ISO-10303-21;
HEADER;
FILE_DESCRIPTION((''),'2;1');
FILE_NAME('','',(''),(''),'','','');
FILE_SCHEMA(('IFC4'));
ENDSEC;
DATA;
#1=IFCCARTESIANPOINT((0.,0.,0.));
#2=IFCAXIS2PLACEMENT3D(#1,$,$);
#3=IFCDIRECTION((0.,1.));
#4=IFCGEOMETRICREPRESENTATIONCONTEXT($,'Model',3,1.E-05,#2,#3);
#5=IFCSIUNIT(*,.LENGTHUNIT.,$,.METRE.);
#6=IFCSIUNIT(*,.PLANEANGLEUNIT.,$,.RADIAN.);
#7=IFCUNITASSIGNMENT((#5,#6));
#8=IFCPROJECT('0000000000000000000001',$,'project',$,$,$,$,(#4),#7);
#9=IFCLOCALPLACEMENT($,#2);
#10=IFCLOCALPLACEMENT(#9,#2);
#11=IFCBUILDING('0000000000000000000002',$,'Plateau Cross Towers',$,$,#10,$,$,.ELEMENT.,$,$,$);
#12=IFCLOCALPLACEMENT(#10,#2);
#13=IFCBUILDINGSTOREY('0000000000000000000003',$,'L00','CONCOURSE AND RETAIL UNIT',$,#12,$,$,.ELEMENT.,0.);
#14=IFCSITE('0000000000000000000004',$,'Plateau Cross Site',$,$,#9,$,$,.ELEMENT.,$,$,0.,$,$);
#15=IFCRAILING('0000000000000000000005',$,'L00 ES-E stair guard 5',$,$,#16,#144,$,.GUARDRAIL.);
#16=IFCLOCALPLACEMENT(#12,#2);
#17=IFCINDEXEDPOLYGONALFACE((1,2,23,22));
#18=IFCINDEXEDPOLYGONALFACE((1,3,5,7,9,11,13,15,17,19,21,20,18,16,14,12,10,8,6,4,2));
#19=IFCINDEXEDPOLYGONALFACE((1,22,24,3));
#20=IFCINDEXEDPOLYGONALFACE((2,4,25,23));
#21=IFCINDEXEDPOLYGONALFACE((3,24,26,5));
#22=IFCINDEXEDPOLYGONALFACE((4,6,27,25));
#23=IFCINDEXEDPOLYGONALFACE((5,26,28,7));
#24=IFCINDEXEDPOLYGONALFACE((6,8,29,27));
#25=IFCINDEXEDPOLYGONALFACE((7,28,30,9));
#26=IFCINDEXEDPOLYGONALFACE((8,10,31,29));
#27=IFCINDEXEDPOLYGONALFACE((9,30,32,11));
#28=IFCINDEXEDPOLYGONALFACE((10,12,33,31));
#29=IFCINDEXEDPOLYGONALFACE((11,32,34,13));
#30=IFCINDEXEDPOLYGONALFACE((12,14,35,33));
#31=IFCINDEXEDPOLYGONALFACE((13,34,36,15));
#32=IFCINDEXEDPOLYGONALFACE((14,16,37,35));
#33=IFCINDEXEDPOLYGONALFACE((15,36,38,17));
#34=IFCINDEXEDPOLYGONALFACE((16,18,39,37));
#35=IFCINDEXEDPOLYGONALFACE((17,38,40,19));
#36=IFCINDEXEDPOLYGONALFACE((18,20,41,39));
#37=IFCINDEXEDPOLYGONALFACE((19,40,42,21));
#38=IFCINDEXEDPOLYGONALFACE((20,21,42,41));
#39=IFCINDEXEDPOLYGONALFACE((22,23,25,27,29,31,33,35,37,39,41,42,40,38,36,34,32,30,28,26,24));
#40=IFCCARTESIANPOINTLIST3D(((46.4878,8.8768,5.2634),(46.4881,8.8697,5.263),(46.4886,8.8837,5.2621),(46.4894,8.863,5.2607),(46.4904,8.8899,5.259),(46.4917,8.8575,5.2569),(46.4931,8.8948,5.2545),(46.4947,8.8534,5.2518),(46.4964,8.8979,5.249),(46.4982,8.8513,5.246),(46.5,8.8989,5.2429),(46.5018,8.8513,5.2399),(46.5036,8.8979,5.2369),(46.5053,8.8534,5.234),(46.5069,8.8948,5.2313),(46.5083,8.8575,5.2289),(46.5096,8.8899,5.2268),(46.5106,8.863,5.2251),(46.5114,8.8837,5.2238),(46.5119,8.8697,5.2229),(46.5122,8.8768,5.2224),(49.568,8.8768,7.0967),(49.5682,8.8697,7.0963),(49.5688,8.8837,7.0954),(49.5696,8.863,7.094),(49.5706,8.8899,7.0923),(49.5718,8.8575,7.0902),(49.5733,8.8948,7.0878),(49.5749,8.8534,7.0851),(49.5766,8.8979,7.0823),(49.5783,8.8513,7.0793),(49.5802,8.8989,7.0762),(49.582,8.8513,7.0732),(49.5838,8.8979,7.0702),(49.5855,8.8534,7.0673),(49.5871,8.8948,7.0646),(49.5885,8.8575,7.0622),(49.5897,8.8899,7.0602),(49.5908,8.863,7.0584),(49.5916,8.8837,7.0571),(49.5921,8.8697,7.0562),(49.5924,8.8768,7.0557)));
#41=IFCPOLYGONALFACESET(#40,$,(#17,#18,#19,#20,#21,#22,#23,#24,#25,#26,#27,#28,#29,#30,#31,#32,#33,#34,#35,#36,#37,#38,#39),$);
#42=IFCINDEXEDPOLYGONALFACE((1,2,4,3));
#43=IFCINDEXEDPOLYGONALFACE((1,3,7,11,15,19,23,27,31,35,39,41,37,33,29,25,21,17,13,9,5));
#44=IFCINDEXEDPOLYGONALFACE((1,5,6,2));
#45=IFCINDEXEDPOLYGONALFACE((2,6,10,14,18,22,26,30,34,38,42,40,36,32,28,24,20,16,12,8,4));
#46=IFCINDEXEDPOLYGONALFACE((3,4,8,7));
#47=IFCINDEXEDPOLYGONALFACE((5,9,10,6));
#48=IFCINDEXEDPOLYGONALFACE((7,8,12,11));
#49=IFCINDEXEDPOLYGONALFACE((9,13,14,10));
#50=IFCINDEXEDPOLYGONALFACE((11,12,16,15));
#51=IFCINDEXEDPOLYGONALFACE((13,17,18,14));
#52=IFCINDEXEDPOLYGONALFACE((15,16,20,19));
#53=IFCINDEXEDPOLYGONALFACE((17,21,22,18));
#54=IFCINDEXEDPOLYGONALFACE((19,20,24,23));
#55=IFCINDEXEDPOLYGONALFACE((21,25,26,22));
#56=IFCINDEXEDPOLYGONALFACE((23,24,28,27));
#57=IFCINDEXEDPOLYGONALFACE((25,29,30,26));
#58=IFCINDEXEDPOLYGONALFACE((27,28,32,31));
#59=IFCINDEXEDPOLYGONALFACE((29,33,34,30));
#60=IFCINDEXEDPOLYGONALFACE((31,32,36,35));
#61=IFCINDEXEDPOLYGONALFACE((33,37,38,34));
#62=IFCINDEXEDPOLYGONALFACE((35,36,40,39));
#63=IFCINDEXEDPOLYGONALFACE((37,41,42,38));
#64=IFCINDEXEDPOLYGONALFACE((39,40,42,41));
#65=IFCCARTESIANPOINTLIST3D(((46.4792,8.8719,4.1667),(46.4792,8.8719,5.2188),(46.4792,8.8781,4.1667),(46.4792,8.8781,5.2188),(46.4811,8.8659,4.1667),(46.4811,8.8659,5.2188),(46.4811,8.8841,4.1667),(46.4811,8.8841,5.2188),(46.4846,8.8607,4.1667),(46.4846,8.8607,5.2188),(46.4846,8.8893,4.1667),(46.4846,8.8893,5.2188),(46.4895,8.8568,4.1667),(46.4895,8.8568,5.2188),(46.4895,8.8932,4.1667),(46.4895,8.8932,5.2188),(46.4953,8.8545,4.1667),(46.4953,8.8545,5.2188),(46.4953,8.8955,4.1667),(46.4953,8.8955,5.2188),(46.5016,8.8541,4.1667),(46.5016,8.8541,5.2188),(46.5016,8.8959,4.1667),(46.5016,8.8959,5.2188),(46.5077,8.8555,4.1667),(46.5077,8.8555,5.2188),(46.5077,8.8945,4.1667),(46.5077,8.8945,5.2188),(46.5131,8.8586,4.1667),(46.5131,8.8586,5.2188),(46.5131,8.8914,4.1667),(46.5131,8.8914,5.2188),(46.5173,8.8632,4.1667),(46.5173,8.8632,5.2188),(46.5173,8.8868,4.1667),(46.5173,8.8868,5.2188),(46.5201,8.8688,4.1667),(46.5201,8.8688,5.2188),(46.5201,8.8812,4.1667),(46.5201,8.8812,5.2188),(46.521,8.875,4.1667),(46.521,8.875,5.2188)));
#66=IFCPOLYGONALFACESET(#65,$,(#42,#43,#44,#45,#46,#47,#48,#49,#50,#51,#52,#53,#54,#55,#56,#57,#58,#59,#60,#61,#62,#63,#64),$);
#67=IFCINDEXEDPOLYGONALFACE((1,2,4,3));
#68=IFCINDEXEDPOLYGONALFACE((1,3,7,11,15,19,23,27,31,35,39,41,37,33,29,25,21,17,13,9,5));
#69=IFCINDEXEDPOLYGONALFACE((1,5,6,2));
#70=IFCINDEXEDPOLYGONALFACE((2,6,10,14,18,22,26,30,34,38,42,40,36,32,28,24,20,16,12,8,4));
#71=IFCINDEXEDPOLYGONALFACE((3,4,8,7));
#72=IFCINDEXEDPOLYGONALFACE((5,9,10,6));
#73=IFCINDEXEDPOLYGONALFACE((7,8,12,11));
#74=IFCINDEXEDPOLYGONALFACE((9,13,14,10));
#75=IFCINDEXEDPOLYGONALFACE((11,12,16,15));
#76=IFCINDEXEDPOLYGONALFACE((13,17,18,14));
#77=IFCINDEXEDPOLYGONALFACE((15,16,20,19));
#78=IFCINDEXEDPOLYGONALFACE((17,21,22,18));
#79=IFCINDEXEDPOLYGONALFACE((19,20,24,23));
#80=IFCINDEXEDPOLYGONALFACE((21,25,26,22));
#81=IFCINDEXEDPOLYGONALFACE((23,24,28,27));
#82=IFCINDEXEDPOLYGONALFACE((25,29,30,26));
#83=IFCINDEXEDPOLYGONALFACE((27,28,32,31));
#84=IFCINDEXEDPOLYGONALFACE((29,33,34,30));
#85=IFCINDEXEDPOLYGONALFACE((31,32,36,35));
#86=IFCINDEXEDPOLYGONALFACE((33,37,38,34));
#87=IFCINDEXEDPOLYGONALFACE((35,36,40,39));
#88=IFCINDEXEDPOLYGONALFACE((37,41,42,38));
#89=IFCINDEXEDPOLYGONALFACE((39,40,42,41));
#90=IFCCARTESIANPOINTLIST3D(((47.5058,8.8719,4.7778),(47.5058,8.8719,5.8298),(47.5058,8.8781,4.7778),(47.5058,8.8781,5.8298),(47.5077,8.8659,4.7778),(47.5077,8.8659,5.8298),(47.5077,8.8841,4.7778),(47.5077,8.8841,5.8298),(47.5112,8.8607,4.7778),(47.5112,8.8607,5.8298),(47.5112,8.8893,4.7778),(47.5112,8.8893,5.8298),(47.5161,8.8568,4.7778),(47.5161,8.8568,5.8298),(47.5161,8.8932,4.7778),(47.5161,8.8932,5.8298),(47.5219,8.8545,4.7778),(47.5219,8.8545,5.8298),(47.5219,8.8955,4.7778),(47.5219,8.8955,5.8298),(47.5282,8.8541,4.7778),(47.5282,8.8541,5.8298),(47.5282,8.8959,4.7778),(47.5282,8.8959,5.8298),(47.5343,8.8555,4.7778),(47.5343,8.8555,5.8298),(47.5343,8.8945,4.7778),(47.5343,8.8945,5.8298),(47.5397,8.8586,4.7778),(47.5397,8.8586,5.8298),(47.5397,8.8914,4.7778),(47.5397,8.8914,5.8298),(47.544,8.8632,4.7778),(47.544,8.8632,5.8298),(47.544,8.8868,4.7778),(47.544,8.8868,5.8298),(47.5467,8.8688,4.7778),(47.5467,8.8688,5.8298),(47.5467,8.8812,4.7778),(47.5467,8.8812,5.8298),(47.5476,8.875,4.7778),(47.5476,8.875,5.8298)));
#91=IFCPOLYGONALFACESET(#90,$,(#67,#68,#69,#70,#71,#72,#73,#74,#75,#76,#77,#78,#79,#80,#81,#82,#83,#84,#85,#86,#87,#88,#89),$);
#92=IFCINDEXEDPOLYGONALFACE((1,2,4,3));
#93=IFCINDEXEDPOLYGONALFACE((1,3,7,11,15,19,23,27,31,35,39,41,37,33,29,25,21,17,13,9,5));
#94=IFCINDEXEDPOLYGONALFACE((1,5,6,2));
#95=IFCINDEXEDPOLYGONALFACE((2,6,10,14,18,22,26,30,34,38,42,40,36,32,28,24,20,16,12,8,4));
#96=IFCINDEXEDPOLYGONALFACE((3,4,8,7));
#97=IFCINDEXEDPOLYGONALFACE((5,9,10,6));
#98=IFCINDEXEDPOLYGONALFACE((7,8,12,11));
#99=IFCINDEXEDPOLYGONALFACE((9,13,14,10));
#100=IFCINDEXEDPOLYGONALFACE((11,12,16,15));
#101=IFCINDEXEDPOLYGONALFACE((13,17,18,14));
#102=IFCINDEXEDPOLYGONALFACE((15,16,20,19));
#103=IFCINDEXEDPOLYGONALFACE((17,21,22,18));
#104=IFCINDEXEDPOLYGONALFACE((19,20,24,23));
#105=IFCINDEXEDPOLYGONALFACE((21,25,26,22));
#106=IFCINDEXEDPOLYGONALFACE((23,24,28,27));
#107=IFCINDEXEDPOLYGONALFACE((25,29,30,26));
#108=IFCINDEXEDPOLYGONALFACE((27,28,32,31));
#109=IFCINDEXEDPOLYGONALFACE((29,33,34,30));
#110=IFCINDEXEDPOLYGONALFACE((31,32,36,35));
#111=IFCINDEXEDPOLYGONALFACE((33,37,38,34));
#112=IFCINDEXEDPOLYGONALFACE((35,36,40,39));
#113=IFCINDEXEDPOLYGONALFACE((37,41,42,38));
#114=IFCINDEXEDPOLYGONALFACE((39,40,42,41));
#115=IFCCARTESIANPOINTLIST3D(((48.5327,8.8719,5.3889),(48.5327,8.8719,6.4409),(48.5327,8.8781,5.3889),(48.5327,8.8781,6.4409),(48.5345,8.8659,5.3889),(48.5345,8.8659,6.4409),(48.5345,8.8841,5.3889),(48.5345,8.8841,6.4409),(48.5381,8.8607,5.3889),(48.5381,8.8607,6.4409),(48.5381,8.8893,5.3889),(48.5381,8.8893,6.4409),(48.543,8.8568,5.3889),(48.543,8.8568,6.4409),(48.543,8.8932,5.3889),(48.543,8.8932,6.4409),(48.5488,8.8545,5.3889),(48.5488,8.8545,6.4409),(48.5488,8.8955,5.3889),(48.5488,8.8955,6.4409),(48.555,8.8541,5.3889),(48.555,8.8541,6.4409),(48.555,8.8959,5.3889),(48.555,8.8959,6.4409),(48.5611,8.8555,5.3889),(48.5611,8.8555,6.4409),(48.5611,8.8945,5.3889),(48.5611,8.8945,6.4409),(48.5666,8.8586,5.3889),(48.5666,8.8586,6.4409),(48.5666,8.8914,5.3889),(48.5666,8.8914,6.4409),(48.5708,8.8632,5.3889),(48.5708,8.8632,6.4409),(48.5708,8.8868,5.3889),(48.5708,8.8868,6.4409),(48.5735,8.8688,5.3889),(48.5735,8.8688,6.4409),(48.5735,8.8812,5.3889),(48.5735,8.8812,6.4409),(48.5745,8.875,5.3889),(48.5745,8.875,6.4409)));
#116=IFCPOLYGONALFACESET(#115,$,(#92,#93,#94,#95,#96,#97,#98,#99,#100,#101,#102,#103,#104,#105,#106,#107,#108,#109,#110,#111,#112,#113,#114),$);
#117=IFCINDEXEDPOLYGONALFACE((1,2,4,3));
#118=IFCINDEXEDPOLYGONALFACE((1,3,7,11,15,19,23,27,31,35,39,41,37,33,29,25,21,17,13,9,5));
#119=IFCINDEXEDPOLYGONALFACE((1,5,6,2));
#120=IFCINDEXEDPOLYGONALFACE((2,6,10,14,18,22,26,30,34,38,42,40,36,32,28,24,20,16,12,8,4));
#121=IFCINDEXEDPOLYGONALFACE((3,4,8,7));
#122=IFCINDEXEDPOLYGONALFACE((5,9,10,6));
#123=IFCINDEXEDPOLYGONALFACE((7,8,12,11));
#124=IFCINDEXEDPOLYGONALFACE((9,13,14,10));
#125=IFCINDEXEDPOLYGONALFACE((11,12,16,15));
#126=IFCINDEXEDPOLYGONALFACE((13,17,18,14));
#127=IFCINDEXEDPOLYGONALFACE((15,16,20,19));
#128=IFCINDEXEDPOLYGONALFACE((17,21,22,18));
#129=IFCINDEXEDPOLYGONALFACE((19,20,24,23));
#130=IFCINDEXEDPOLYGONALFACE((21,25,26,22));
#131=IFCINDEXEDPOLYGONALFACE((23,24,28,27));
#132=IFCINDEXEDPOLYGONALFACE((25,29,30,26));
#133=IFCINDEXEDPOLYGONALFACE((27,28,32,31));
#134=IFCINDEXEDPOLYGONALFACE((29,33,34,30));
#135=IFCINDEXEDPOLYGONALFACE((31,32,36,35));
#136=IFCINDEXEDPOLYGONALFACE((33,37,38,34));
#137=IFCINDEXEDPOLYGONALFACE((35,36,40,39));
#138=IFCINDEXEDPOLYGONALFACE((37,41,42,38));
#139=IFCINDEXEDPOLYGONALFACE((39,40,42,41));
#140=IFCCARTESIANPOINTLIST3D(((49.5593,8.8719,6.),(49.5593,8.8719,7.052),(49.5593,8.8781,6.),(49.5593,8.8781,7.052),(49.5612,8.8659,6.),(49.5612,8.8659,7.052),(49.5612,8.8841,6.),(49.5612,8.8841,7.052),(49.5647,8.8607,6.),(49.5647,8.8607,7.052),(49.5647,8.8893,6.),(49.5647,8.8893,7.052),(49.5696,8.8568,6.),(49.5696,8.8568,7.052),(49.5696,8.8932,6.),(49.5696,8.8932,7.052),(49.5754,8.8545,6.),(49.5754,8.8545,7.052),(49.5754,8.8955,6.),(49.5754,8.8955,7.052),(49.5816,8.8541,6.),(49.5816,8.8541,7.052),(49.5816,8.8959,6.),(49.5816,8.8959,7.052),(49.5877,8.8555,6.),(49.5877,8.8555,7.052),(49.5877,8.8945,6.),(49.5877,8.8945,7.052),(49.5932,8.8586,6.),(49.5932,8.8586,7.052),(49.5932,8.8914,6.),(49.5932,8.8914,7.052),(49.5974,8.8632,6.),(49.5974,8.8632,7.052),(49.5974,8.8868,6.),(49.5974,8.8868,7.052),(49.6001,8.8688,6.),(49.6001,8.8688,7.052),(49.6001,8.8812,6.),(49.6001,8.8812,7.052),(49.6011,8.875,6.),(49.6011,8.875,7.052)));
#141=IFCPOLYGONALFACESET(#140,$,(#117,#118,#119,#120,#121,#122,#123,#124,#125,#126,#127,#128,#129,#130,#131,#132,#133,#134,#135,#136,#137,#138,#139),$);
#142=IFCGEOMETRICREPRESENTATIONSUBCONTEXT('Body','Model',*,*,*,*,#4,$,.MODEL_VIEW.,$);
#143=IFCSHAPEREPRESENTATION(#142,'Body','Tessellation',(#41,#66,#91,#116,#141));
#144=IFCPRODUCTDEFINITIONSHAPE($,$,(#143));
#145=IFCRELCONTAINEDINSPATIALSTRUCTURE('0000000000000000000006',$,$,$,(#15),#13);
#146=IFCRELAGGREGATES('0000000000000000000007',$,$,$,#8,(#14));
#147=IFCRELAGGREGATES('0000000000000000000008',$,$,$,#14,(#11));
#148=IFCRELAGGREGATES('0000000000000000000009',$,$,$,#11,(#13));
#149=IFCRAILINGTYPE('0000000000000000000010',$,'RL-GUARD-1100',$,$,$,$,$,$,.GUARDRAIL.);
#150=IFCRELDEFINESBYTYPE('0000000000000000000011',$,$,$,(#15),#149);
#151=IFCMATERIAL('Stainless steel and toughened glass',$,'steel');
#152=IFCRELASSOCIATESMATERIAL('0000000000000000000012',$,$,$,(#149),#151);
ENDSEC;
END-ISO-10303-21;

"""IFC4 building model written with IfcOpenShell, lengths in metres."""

from ifc_helpers import new_model, si_unit, direction, frame, origin, origin_2d, place, context, subcontext, project, spatial, circle, extrude, material, type_object, element, save


model = new_model("IFC4")

# Units and contexts
model_context = context("Model", 3, precision=1e-05, world=origin(), true_north=direction((0.0, 1.0)))
body_context = subcontext(model_context, "Body", "Model", "MODEL_VIEW")
ifc_project = project(units=[si_unit("LENGTHUNIT", "METRE"), si_unit("PLANEANGLEUNIT", "RADIAN")], contexts=[model_context])

# Site, building, storey
site_placement = place(None, origin())
site = spatial("IfcSite", under=ifc_project, at=site_placement, Name="Plateau Cross Site", CompositionType="ELEMENT", RefElevation=0.0)
building_placement = place(site_placement, origin())
building = spatial("IfcBuilding", under=site, at=building_placement, Name="Plateau Cross Towers", CompositionType="ELEMENT")
storey_placement = place(building_placement, origin())
storey = spatial("IfcBuildingStorey", under=building, at=storey_placement, Name="L00", Description="CONCOURSE AND RETAIL UNIT", CompositionType="ELEMENT", Elevation=0.0)

# Railing
ifc_material_1 = material(Name="Stainless steel and toughened glass", Category="steel")
railing_type_1 = type_object("IfcRailingType", Name="RL-GUARD-1100", PredefinedType="GUARDRAIL", material=ifc_material_1)
railing_1_placement = place(storey_placement, frame((46.5, 8.875, 4.1667)))
element("IfcRailing", 1, at=railing_1_placement, inside=storey, type_object=railing_type_1, Name="L00 ES-E stair guard 5", PredefinedType="GUARDRAIL", context=body_context, shape_type="SweptSolid", body=[
    extrude(circle(Radius=0.0239, at=origin_2d()), frame((0.0, 0.0, 1.0762), z_axis=(0.859309, 0.0, 0.511458), x_axis=(0.0, 1.0, 0.0)), (0.0, 0.0, 1.0), 3.5845),
    extrude(circle(Radius=0.021, at=origin_2d()), origin(), (0.0, 0.0, 1.0), 1.052),
    extrude(circle(Radius=0.021, at=origin_2d()), frame((1.0266, 0.0, 0.6111)), (0.0, 0.0, 1.0), 1.052),
    extrude(circle(Radius=0.021, at=origin_2d()), frame((2.0535, 0.0, 1.2222)), (0.0, 0.0, 1.0), 1.052),
    extrude(circle(Radius=0.021, at=origin_2d()), frame((3.0801, 0.0, 1.8333)), (0.0, 0.0, 1.0), 1.052),
])

save(model, "model.ifc")
